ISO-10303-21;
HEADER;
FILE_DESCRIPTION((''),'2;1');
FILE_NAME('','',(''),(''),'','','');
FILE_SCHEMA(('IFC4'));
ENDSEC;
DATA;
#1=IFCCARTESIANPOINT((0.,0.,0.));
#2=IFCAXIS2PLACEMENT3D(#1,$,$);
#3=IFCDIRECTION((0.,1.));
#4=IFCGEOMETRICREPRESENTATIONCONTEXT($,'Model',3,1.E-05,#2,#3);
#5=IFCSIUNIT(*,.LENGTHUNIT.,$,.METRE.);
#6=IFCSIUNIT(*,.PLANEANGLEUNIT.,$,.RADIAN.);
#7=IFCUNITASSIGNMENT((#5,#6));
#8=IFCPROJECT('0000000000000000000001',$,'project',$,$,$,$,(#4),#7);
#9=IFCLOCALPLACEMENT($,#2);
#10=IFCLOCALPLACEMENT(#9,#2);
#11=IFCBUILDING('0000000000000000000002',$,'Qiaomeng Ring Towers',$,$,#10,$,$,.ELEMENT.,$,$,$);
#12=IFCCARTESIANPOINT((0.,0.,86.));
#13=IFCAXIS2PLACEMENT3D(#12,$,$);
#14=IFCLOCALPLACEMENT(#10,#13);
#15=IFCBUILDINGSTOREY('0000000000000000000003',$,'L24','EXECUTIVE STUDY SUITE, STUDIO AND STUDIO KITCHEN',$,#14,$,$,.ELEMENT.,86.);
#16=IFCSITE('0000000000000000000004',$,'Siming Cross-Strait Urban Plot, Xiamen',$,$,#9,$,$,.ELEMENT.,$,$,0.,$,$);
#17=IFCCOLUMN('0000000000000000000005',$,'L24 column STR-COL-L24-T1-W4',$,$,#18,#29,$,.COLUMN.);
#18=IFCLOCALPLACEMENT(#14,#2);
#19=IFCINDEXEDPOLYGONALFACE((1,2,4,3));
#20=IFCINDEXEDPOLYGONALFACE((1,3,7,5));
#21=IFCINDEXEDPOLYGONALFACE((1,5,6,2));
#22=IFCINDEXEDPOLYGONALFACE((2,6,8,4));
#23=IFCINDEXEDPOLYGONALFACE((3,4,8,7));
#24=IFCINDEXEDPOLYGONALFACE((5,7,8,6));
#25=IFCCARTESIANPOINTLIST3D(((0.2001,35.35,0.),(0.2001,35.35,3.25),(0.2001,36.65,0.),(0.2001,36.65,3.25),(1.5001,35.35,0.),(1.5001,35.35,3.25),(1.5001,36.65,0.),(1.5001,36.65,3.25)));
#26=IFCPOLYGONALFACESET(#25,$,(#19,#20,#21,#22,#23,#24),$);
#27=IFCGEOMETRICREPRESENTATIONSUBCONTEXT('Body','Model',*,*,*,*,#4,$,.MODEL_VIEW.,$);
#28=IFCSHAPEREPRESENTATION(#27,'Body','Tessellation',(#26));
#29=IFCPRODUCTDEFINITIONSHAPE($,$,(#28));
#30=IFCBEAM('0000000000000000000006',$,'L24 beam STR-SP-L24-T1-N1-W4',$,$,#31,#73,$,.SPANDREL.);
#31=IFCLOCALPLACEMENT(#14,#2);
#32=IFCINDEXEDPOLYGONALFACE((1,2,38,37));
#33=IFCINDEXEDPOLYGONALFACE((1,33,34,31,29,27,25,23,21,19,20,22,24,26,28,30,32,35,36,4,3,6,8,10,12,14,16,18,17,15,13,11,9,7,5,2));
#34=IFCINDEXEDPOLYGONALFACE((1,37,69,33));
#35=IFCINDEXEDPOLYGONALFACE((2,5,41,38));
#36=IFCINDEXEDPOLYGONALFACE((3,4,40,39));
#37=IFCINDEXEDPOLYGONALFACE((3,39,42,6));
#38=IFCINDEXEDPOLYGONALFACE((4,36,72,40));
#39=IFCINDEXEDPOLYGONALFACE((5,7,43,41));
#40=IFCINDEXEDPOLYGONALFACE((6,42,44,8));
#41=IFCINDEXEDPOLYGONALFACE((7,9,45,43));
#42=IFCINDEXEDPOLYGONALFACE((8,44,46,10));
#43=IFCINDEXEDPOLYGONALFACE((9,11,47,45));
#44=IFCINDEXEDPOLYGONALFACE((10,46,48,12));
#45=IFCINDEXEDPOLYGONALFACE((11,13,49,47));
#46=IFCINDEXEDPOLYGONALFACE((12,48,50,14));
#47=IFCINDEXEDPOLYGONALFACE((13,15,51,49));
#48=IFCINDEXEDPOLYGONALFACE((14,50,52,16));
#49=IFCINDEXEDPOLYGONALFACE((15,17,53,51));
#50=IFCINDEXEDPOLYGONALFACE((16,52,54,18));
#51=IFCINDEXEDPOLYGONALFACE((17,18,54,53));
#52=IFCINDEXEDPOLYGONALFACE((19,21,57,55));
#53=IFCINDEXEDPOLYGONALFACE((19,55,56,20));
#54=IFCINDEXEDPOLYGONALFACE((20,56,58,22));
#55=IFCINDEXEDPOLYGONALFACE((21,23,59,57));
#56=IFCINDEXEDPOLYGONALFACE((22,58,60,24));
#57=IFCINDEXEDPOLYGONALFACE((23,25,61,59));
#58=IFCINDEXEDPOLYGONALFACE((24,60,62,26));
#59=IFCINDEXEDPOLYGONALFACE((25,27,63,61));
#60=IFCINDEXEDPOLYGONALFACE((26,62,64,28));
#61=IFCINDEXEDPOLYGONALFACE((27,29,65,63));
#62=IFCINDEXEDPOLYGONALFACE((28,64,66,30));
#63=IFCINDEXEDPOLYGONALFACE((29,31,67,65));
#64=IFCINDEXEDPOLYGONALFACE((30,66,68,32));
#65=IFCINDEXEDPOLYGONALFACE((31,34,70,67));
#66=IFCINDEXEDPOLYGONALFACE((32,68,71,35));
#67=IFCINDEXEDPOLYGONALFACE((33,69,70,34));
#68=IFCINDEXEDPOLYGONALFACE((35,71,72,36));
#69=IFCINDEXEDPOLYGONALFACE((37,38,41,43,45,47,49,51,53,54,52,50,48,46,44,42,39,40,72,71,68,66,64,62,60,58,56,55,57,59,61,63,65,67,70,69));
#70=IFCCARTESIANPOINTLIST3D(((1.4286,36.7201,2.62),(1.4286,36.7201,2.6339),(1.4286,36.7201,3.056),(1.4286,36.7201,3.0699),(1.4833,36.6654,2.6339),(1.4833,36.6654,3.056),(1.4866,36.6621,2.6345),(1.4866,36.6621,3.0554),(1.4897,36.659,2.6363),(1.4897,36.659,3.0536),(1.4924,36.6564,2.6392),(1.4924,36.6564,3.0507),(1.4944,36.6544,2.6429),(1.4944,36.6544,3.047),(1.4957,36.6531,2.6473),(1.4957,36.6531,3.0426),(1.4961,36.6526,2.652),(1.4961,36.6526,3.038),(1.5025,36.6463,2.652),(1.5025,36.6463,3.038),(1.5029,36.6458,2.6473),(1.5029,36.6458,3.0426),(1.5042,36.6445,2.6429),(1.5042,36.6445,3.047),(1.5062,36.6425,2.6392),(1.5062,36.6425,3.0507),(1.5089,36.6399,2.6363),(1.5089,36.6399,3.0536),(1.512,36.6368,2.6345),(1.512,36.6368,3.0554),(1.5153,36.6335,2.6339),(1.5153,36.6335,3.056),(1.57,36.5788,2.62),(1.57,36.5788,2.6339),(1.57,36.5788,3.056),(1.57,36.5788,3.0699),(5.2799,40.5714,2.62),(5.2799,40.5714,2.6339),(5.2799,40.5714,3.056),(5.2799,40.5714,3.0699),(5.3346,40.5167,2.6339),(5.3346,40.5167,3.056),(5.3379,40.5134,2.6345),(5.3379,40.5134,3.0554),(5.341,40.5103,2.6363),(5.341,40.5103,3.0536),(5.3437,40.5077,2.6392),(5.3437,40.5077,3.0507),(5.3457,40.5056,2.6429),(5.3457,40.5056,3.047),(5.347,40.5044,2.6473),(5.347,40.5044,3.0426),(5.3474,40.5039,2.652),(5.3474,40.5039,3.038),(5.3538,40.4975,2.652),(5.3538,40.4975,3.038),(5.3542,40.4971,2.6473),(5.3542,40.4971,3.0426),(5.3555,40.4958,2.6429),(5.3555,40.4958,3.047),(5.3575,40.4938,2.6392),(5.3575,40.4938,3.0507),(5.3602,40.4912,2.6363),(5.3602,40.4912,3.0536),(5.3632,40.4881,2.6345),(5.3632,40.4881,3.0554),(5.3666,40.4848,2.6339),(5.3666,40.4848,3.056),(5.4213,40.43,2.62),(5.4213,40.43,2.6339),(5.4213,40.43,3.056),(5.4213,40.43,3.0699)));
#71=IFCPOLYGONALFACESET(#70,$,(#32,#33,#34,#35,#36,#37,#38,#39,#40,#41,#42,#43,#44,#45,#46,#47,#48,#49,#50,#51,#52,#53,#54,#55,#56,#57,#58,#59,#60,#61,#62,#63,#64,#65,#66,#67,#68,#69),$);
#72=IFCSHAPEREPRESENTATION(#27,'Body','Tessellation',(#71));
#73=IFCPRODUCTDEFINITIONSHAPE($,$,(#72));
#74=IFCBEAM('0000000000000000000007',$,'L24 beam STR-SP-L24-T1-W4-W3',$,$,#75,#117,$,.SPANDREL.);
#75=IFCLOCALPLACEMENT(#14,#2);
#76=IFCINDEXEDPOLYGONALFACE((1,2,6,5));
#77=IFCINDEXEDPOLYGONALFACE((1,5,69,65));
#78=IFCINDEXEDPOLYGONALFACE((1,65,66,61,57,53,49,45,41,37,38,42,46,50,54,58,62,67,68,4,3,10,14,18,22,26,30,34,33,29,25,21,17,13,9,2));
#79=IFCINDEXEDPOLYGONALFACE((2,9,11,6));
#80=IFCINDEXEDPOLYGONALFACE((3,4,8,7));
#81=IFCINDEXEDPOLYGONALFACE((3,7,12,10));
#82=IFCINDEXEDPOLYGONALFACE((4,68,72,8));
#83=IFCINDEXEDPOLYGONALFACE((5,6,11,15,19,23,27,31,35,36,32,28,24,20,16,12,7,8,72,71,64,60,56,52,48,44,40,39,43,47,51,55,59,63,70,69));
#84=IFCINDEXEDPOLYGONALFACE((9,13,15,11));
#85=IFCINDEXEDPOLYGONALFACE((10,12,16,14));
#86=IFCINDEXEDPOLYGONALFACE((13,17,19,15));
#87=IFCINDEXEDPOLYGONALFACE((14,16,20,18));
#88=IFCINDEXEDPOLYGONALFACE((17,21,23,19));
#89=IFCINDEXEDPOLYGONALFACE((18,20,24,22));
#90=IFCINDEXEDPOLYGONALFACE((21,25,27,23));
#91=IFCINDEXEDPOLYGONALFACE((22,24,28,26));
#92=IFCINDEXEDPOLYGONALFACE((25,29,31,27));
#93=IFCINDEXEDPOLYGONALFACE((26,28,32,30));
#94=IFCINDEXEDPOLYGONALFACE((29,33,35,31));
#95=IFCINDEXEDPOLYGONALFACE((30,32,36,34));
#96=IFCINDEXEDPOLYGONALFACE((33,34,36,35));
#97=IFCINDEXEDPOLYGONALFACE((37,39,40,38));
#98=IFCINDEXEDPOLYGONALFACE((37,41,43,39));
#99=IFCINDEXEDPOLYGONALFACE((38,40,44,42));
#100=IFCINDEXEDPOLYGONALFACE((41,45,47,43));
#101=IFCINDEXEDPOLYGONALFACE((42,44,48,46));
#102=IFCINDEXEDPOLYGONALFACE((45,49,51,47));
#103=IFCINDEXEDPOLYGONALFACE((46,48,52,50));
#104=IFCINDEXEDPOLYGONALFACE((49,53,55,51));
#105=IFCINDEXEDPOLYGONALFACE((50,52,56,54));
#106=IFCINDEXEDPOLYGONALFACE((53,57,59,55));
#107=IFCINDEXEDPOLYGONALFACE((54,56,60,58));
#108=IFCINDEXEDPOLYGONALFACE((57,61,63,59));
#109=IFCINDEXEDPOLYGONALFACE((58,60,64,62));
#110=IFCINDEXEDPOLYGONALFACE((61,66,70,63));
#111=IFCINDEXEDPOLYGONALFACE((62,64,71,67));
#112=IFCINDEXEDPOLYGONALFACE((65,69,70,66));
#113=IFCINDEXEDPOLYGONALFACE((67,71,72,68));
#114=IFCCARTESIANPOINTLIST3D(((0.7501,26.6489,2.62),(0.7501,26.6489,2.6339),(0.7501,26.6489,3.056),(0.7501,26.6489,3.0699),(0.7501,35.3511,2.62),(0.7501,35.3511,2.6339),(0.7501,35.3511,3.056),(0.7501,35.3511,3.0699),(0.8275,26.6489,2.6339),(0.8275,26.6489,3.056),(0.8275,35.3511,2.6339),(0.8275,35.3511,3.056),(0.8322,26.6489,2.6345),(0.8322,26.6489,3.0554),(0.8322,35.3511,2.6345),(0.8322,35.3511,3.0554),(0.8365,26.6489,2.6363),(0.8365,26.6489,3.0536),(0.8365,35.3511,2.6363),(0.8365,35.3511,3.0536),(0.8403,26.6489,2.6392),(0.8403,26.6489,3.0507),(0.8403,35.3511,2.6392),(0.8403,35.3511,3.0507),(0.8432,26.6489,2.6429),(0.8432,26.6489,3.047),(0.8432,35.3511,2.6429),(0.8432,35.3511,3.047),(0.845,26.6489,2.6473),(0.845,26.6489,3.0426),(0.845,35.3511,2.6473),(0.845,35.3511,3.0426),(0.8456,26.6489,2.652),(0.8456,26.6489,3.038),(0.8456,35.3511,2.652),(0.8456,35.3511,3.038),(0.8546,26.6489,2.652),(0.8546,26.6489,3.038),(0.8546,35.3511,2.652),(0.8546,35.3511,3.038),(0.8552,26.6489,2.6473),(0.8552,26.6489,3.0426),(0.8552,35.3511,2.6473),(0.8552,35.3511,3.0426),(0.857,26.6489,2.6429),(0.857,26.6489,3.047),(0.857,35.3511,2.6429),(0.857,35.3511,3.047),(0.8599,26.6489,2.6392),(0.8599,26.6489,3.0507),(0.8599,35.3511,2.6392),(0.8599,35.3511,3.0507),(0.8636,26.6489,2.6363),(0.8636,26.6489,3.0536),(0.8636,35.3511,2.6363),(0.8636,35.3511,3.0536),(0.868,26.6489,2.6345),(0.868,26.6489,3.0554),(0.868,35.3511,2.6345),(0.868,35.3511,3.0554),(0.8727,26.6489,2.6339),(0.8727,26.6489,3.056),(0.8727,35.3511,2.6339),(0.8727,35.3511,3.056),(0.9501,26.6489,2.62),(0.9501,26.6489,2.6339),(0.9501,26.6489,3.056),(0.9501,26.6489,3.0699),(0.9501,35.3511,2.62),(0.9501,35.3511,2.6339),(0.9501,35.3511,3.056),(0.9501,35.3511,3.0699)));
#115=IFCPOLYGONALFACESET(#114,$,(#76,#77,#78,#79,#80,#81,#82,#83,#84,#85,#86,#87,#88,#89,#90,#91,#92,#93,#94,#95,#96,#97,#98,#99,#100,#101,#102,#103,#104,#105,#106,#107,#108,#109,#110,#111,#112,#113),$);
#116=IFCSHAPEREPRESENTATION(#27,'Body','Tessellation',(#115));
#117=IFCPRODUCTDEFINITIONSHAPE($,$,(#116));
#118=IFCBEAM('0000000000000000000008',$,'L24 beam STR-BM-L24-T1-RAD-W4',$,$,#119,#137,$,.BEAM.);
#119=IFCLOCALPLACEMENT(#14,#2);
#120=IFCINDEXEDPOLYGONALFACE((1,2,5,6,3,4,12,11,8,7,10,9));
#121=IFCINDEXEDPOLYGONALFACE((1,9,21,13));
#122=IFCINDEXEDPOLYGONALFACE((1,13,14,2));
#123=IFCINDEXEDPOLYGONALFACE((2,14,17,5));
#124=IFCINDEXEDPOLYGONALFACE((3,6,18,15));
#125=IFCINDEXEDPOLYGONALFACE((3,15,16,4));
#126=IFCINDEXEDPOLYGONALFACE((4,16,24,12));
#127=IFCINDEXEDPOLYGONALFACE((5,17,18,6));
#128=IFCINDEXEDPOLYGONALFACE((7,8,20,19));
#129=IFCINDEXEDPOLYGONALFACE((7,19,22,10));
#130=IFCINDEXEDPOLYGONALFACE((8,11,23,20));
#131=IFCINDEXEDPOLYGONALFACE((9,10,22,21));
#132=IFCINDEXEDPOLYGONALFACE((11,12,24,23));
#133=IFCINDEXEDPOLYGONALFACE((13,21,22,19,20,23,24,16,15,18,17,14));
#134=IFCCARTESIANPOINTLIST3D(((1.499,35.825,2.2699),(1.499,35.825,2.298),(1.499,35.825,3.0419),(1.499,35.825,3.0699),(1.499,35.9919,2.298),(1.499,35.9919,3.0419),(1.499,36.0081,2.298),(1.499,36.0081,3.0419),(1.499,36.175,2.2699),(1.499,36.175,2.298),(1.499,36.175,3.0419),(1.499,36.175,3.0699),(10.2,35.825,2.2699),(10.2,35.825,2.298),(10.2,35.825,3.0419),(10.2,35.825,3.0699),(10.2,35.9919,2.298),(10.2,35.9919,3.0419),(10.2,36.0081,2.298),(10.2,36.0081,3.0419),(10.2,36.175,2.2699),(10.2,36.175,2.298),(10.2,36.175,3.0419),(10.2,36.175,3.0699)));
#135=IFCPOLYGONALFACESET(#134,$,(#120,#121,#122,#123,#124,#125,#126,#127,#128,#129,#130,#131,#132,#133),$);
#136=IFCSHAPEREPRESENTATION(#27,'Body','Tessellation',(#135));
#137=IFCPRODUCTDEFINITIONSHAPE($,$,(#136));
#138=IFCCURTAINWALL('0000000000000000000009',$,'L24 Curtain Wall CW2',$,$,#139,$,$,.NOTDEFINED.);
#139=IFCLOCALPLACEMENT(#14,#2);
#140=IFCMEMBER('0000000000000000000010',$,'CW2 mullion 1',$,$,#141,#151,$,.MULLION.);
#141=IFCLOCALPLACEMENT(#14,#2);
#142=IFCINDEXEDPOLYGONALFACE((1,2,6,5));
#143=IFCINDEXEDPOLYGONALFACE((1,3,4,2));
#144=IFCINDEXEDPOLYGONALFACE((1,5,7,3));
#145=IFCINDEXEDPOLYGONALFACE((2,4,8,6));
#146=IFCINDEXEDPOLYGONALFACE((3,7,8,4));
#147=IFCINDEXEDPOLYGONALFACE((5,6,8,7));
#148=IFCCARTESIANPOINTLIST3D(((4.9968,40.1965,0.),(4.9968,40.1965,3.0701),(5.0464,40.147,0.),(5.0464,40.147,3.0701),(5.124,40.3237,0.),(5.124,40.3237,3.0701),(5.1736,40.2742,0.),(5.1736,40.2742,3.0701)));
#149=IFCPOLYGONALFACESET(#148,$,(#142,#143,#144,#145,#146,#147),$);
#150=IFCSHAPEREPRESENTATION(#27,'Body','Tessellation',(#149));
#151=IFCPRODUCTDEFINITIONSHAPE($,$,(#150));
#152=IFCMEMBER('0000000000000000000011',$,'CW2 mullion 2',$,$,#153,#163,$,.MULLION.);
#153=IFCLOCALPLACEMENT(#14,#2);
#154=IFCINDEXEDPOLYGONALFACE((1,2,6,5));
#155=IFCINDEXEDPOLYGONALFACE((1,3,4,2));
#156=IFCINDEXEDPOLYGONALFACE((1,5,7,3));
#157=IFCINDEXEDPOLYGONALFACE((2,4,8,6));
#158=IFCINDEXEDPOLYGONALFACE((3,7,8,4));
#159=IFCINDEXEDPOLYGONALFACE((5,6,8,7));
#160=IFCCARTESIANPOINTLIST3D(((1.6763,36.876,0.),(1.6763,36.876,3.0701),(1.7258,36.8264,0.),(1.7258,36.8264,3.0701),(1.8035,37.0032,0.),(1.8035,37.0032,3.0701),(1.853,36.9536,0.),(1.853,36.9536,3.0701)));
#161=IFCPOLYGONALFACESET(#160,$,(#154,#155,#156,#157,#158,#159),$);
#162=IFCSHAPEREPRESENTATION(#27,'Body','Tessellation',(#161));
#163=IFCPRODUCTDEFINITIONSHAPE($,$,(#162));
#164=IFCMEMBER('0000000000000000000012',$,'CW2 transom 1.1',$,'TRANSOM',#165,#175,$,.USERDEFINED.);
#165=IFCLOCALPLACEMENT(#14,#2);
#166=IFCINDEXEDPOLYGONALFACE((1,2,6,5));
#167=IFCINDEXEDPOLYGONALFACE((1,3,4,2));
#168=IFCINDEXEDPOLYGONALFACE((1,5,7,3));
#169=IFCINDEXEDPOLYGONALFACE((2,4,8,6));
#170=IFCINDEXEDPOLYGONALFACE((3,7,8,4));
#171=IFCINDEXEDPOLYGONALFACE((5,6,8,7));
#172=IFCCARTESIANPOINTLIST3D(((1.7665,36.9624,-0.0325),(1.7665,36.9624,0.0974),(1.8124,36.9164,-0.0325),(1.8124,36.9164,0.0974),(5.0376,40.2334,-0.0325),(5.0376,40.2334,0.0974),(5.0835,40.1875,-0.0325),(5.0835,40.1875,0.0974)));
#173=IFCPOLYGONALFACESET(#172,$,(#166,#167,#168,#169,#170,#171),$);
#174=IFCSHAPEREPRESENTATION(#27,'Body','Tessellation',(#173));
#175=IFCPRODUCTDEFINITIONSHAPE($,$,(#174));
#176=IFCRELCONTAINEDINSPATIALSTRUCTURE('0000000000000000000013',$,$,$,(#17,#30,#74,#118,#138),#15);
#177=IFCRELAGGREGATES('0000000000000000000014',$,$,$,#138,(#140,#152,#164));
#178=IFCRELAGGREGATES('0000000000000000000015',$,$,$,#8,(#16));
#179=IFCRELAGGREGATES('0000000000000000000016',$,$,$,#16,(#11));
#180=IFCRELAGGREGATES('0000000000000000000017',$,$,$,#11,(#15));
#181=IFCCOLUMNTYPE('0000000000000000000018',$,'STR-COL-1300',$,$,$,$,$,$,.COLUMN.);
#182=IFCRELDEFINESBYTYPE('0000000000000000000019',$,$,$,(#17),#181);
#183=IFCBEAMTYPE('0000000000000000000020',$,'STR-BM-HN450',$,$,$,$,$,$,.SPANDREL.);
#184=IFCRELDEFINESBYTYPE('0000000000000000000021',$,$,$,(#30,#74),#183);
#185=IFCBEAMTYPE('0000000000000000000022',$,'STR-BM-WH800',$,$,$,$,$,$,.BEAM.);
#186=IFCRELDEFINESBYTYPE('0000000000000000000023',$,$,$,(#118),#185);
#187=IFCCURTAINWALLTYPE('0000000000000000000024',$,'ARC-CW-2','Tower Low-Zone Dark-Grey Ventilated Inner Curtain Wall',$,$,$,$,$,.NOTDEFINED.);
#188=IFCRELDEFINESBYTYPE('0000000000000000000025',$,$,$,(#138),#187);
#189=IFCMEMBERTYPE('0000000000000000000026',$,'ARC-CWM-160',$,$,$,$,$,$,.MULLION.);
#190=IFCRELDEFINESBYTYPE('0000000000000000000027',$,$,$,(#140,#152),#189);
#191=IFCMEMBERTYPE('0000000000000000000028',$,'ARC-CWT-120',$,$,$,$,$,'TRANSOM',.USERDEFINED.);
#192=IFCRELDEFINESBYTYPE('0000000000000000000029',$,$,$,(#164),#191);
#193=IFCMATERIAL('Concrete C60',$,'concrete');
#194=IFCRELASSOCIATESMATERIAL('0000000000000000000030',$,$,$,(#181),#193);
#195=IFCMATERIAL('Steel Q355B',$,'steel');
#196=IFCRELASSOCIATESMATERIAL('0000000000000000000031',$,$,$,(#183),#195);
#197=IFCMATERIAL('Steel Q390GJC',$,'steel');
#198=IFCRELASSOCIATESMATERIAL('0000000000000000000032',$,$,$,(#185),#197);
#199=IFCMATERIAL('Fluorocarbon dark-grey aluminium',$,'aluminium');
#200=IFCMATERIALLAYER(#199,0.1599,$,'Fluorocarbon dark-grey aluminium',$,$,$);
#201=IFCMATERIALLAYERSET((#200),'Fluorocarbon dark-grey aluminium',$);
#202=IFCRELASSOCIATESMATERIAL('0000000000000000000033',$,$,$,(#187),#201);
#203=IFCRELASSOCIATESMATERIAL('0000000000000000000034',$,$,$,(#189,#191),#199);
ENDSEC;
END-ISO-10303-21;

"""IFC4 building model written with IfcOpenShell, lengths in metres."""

from ifc_helpers import new_model, si_unit, direction, frame, origin, origin_2d, place, context, subcontext, project, spatial, rectangle, i_section, extrude, source, transform, mapped, material, layer, layer_set, material_profile, profile_set, type_object, element, aggregate, save


model = new_model("IFC4")

# Units and contexts
model_context = context("Model", 3, precision=1e-05, world=origin(), true_north=direction((0.0, 1.0)))
body_context = subcontext(model_context, "Body", "Model", "MODEL_VIEW")
ifc_project = project(units=[si_unit("LENGTHUNIT", "METRE"), si_unit("PLANEANGLEUNIT", "RADIAN")], contexts=[model_context])

# Site, building, storey
site_placement = place(None, origin())
site = spatial("IfcSite", under=ifc_project, at=site_placement, Name="Siming Cross-Strait Urban Plot, Xiamen", CompositionType="ELEMENT", RefElevation=0.0)
building_placement = place(site_placement, origin())
building = spatial("IfcBuilding", under=site, at=building_placement, Name="Qiaomeng Ring Towers", CompositionType="ELEMENT")
storey_placement = place(building_placement, frame((0.0, 0.0, 86.0)))
storey = spatial("IfcBuildingStorey", under=building, at=storey_placement, Name="L24", Description="EXECUTIVE STUDY SUITE, STUDIO AND STUDIO KITCHEN", CompositionType="ELEMENT", Elevation=86.0)

# Column
ifc_material_1 = material(Name="Concrete C60", Category="concrete")
ifc_material_profile_1 = material_profile(ifc_material_1, rectangle(XDim=1.3, YDim=1.3, at=origin_2d()), Name="RC COL 1300x1300")
ifc_profile_set_1 = profile_set([ifc_material_profile_1], Name="Concrete C60")
column_type = type_object("IfcColumnType", Name="STR-COL-1300", PredefinedType="COLUMN", material=ifc_profile_set_1)
shared_shape_1 = source(origin(), body_context, "Body", "SweptSolid", [
    extrude(rectangle(XDim=1.3, YDim=1.3, at=origin_2d()), origin(), (0.0, 0.0, 1.0), 3.25),
])
column_placement = place(storey_placement, frame((0.8501, 36.0, 0.0), z_axis=(0.0, 0.0, 1.0), x_axis=(1.0, 0.0, 0.0)))
element("IfcColumn", 1, at=column_placement, inside=storey, type_object=column_type, Name="L24 column STR-COL-L24-T1-W4", PredefinedType="COLUMN", context=body_context, shape_type="MappedRepresentation", body=[
    mapped(shared_shape_1, transform((0.0, 0.0, 0.0), x_axis=(1.0, 0.0, 0.0), y_axis=(0.0, 1.0, 0.0), z_axis=(0.0, 0.0, 1.0), scale=1.0)),
])

# Beams
ifc_material_2 = material(Name="Steel Q355B", Category="steel")
ifc_material_profile_2 = material_profile(ifc_material_2, i_section(OverallWidth=0.2, OverallDepth=0.45, WebThickness=0.009, FlangeThickness=0.0139, FilletRadius=0.0181, at=origin_2d()), Name="HN 450x200x9x14")
ifc_profile_set_2 = profile_set([ifc_material_profile_2], Name="Steel Q355B")
beam_type_1 = type_object("IfcBeamType", Name="STR-BM-HN450", PredefinedType="SPANDREL", material=ifc_profile_set_2)
shared_shape_2 = source(origin(), body_context, "Body", "SweptSolid", [
    extrude(i_section(OverallWidth=0.2, OverallDepth=0.45, WebThickness=0.009, FlangeThickness=0.0139, FilletRadius=0.0181, at=origin_2d()), origin(), (0.0, 0.0, 1.0), 5.4465),
])
beam_1_placement = place(storey_placement, frame((5.3506, 40.5007, 2.845), z_axis=(-0.707107, -0.707107, 0.0), x_axis=(0.707107, -0.707107, 0.0)))
element("IfcBeam", 2, at=beam_1_placement, inside=storey, type_object=beam_type_1, Name="L24 beam STR-SP-L24-T1-N1-W4", PredefinedType="SPANDREL", context=body_context, shape_type="MappedRepresentation", body=[
    mapped(shared_shape_2, transform((0.0, 0.0, 0.0), x_axis=(1.0, 0.0, 0.0), y_axis=(0.0, 1.0, 0.0), z_axis=(0.0, 0.0, 1.0), scale=1.0)),
])
shared_shape_3 = source(origin(), body_context, "Body", "SweptSolid", [
    extrude(i_section(OverallWidth=0.2, OverallDepth=0.45, WebThickness=0.009, FlangeThickness=0.0139, FilletRadius=0.0181, at=origin_2d()), origin(), (0.0, 0.0, 1.0), 8.7021),
])
beam_2_placement = place(storey_placement, frame((0.8501, 35.3511, 2.845), z_axis=(0.0, -1.0, 0.0), x_axis=(1.0, 0.0, 0.0)))
element("IfcBeam", 3, at=beam_2_placement, inside=storey, type_object=beam_type_1, Name="L24 beam STR-SP-L24-T1-W4-W3", PredefinedType="SPANDREL", context=body_context, shape_type="MappedRepresentation", body=[
    mapped(shared_shape_3, transform((0.0, 0.0, 0.0), x_axis=(1.0, 0.0, 0.0), y_axis=(0.0, 1.0, 0.0), z_axis=(0.0, 0.0, 1.0), scale=1.0)),
])
ifc_material_3 = material(Name="Steel Q390GJC", Category="steel")
ifc_material_profile_3 = material_profile(ifc_material_3, i_section(OverallWidth=0.3501, OverallDepth=0.8, WebThickness=0.0161, FlangeThickness=0.0281, at=origin_2d()), Name="WH 800x350x16x28")
ifc_profile_set_3 = profile_set([ifc_material_profile_3], Name="Steel Q390GJC")
beam_type_2 = type_object("IfcBeamType", Name="STR-BM-WH800", PredefinedType="BEAM", material=ifc_profile_set_3)
shared_shape_4 = source(origin(), body_context, "Body", "SweptSolid", [
    extrude(i_section(OverallWidth=0.3501, OverallDepth=0.8, WebThickness=0.0161, FlangeThickness=0.0281, at=origin_2d()), origin(), (0.0, 0.0, 1.0), 8.7009),
])
beam_3_placement = place(storey_placement, frame((1.499, 36.0, 2.6699), z_axis=(1.0, 0.0, 0.0), x_axis=(0.0, 1.0, 0.0)))
element("IfcBeam", 4, at=beam_3_placement, inside=storey, type_object=beam_type_2, Name="L24 beam STR-BM-L24-T1-RAD-W4", PredefinedType="BEAM", context=body_context, shape_type="MappedRepresentation", body=[
    mapped(shared_shape_4, transform((0.0, 0.0, 0.0), x_axis=(1.0, 0.0, 0.0), y_axis=(0.0, 1.0, 0.0), z_axis=(0.0, 0.0, 1.0), scale=1.0)),
])

# Curtain wall, members
ifc_material_4 = material(Name="Fluorocarbon dark-grey aluminium", Category="aluminium")
ifc_layer_1 = layer(ifc_material_4, 0.1599, Name="Fluorocarbon dark-grey aluminium")
ifc_layer_set_1 = layer_set([ifc_layer_1], Name="Fluorocarbon dark-grey aluminium")
curtain_wall_type = type_object("IfcCurtainWallType", Name="ARC-CW-2", Description="Tower Low-Zone Dark-Grey Ventilated Inner Curtain Wall", PredefinedType="NOTDEFINED", material=ifc_layer_set_1)
curtain_wall_placement = place(storey_placement, origin())
curtain_wall = element("IfcCurtainWall", 5, at=curtain_wall_placement, inside=storey, type_object=curtain_wall_type, Name="L24 Curtain Wall CW2", PredefinedType="NOTDEFINED")
ifc_material_profile_4 = material_profile(ifc_material_4, rectangle(XDim=0.0701, YDim=0.1799, at=origin_2d()), Name="ALU MULL 70x180")
ifc_profile_set_4 = profile_set([ifc_material_profile_4], Name="Fluorocarbon dark-grey aluminium")
member_type_1 = type_object("IfcMemberType", Name="ARC-CWM-160", PredefinedType="MULLION", material=ifc_profile_set_4)
shared_shape_5 = source(origin(), body_context, "Body", "SweptSolid", [
    extrude(rectangle(XDim=0.0701, YDim=0.1799, at=origin_2d()), origin(), (0.0, 0.0, 1.0), 3.0701),
])
member_1_placement = place(storey_placement, frame((5.0852, 40.2354, 0.0), z_axis=(0.0, 0.0, 1.0), x_axis=(0.707107, -0.707107, 0.0)))
member_1 = element("IfcMember", 6, at=member_1_placement, type_object=member_type_1, Name="CW2 mullion 1", PredefinedType="MULLION", context=body_context, shape_type="MappedRepresentation", body=[
    mapped(shared_shape_5, transform((0.0, 0.0, 0.0), x_axis=(1.0, 0.0, 0.0), y_axis=(0.0, 1.0, 0.0), z_axis=(0.0, 0.0, 1.0), scale=1.0)),
])
member_2_placement = place(storey_placement, frame((1.7646, 36.9148, 0.0), z_axis=(0.0, 0.0, 1.0), x_axis=(0.707107, -0.707107, 0.0)))
member_2 = element("IfcMember", 7, at=member_2_placement, type_object=member_type_1, Name="CW2 mullion 2", PredefinedType="MULLION", context=body_context, shape_type="MappedRepresentation", body=[
    mapped(shared_shape_5, transform((0.0, 0.0, 0.0), x_axis=(1.0, 0.0, 0.0), y_axis=(0.0, 1.0, 0.0), z_axis=(0.0, 0.0, 1.0), scale=1.0)),
])
ifc_material_profile_5 = material_profile(ifc_material_4, rectangle(XDim=0.0649, YDim=0.1299, at=origin_2d()), Name="ALU TRAN 65x130")
ifc_profile_set_5 = profile_set([ifc_material_profile_5], Name="Fluorocarbon dark-grey aluminium")
member_type_2 = type_object("IfcMemberType", Name="ARC-CWT-120", ElementType="TRANSOM", PredefinedType="USERDEFINED", material=ifc_profile_set_5)
shared_shape_6 = source(origin(), body_context, "Body", "SweptSolid", [
    extrude(rectangle(XDim=0.0649, YDim=0.1299, at=origin_2d()), origin(), (0.0, 0.0, 1.0), 4.626),
])
member_3_placement = place(storey_placement, frame((5.0605, 40.2104, 0.0325), z_axis=(-0.707107, -0.707107, 0.0), x_axis=(0.707107, -0.707107, 0.0)))
member_3 = element("IfcMember", 8, at=member_3_placement, type_object=member_type_2, Name="CW2 transom 1.1", ObjectType="TRANSOM", PredefinedType="USERDEFINED", context=body_context, shape_type="MappedRepresentation", body=[
    mapped(shared_shape_6, transform((0.0, 0.0, 0.0), x_axis=(1.0, 0.0, 0.0), y_axis=(0.0, 1.0, 0.0), z_axis=(0.0, 0.0, 1.0), scale=1.0)),
])
aggregate(curtain_wall, [member_1, member_2, member_3])

save(model, "model.ifc")
